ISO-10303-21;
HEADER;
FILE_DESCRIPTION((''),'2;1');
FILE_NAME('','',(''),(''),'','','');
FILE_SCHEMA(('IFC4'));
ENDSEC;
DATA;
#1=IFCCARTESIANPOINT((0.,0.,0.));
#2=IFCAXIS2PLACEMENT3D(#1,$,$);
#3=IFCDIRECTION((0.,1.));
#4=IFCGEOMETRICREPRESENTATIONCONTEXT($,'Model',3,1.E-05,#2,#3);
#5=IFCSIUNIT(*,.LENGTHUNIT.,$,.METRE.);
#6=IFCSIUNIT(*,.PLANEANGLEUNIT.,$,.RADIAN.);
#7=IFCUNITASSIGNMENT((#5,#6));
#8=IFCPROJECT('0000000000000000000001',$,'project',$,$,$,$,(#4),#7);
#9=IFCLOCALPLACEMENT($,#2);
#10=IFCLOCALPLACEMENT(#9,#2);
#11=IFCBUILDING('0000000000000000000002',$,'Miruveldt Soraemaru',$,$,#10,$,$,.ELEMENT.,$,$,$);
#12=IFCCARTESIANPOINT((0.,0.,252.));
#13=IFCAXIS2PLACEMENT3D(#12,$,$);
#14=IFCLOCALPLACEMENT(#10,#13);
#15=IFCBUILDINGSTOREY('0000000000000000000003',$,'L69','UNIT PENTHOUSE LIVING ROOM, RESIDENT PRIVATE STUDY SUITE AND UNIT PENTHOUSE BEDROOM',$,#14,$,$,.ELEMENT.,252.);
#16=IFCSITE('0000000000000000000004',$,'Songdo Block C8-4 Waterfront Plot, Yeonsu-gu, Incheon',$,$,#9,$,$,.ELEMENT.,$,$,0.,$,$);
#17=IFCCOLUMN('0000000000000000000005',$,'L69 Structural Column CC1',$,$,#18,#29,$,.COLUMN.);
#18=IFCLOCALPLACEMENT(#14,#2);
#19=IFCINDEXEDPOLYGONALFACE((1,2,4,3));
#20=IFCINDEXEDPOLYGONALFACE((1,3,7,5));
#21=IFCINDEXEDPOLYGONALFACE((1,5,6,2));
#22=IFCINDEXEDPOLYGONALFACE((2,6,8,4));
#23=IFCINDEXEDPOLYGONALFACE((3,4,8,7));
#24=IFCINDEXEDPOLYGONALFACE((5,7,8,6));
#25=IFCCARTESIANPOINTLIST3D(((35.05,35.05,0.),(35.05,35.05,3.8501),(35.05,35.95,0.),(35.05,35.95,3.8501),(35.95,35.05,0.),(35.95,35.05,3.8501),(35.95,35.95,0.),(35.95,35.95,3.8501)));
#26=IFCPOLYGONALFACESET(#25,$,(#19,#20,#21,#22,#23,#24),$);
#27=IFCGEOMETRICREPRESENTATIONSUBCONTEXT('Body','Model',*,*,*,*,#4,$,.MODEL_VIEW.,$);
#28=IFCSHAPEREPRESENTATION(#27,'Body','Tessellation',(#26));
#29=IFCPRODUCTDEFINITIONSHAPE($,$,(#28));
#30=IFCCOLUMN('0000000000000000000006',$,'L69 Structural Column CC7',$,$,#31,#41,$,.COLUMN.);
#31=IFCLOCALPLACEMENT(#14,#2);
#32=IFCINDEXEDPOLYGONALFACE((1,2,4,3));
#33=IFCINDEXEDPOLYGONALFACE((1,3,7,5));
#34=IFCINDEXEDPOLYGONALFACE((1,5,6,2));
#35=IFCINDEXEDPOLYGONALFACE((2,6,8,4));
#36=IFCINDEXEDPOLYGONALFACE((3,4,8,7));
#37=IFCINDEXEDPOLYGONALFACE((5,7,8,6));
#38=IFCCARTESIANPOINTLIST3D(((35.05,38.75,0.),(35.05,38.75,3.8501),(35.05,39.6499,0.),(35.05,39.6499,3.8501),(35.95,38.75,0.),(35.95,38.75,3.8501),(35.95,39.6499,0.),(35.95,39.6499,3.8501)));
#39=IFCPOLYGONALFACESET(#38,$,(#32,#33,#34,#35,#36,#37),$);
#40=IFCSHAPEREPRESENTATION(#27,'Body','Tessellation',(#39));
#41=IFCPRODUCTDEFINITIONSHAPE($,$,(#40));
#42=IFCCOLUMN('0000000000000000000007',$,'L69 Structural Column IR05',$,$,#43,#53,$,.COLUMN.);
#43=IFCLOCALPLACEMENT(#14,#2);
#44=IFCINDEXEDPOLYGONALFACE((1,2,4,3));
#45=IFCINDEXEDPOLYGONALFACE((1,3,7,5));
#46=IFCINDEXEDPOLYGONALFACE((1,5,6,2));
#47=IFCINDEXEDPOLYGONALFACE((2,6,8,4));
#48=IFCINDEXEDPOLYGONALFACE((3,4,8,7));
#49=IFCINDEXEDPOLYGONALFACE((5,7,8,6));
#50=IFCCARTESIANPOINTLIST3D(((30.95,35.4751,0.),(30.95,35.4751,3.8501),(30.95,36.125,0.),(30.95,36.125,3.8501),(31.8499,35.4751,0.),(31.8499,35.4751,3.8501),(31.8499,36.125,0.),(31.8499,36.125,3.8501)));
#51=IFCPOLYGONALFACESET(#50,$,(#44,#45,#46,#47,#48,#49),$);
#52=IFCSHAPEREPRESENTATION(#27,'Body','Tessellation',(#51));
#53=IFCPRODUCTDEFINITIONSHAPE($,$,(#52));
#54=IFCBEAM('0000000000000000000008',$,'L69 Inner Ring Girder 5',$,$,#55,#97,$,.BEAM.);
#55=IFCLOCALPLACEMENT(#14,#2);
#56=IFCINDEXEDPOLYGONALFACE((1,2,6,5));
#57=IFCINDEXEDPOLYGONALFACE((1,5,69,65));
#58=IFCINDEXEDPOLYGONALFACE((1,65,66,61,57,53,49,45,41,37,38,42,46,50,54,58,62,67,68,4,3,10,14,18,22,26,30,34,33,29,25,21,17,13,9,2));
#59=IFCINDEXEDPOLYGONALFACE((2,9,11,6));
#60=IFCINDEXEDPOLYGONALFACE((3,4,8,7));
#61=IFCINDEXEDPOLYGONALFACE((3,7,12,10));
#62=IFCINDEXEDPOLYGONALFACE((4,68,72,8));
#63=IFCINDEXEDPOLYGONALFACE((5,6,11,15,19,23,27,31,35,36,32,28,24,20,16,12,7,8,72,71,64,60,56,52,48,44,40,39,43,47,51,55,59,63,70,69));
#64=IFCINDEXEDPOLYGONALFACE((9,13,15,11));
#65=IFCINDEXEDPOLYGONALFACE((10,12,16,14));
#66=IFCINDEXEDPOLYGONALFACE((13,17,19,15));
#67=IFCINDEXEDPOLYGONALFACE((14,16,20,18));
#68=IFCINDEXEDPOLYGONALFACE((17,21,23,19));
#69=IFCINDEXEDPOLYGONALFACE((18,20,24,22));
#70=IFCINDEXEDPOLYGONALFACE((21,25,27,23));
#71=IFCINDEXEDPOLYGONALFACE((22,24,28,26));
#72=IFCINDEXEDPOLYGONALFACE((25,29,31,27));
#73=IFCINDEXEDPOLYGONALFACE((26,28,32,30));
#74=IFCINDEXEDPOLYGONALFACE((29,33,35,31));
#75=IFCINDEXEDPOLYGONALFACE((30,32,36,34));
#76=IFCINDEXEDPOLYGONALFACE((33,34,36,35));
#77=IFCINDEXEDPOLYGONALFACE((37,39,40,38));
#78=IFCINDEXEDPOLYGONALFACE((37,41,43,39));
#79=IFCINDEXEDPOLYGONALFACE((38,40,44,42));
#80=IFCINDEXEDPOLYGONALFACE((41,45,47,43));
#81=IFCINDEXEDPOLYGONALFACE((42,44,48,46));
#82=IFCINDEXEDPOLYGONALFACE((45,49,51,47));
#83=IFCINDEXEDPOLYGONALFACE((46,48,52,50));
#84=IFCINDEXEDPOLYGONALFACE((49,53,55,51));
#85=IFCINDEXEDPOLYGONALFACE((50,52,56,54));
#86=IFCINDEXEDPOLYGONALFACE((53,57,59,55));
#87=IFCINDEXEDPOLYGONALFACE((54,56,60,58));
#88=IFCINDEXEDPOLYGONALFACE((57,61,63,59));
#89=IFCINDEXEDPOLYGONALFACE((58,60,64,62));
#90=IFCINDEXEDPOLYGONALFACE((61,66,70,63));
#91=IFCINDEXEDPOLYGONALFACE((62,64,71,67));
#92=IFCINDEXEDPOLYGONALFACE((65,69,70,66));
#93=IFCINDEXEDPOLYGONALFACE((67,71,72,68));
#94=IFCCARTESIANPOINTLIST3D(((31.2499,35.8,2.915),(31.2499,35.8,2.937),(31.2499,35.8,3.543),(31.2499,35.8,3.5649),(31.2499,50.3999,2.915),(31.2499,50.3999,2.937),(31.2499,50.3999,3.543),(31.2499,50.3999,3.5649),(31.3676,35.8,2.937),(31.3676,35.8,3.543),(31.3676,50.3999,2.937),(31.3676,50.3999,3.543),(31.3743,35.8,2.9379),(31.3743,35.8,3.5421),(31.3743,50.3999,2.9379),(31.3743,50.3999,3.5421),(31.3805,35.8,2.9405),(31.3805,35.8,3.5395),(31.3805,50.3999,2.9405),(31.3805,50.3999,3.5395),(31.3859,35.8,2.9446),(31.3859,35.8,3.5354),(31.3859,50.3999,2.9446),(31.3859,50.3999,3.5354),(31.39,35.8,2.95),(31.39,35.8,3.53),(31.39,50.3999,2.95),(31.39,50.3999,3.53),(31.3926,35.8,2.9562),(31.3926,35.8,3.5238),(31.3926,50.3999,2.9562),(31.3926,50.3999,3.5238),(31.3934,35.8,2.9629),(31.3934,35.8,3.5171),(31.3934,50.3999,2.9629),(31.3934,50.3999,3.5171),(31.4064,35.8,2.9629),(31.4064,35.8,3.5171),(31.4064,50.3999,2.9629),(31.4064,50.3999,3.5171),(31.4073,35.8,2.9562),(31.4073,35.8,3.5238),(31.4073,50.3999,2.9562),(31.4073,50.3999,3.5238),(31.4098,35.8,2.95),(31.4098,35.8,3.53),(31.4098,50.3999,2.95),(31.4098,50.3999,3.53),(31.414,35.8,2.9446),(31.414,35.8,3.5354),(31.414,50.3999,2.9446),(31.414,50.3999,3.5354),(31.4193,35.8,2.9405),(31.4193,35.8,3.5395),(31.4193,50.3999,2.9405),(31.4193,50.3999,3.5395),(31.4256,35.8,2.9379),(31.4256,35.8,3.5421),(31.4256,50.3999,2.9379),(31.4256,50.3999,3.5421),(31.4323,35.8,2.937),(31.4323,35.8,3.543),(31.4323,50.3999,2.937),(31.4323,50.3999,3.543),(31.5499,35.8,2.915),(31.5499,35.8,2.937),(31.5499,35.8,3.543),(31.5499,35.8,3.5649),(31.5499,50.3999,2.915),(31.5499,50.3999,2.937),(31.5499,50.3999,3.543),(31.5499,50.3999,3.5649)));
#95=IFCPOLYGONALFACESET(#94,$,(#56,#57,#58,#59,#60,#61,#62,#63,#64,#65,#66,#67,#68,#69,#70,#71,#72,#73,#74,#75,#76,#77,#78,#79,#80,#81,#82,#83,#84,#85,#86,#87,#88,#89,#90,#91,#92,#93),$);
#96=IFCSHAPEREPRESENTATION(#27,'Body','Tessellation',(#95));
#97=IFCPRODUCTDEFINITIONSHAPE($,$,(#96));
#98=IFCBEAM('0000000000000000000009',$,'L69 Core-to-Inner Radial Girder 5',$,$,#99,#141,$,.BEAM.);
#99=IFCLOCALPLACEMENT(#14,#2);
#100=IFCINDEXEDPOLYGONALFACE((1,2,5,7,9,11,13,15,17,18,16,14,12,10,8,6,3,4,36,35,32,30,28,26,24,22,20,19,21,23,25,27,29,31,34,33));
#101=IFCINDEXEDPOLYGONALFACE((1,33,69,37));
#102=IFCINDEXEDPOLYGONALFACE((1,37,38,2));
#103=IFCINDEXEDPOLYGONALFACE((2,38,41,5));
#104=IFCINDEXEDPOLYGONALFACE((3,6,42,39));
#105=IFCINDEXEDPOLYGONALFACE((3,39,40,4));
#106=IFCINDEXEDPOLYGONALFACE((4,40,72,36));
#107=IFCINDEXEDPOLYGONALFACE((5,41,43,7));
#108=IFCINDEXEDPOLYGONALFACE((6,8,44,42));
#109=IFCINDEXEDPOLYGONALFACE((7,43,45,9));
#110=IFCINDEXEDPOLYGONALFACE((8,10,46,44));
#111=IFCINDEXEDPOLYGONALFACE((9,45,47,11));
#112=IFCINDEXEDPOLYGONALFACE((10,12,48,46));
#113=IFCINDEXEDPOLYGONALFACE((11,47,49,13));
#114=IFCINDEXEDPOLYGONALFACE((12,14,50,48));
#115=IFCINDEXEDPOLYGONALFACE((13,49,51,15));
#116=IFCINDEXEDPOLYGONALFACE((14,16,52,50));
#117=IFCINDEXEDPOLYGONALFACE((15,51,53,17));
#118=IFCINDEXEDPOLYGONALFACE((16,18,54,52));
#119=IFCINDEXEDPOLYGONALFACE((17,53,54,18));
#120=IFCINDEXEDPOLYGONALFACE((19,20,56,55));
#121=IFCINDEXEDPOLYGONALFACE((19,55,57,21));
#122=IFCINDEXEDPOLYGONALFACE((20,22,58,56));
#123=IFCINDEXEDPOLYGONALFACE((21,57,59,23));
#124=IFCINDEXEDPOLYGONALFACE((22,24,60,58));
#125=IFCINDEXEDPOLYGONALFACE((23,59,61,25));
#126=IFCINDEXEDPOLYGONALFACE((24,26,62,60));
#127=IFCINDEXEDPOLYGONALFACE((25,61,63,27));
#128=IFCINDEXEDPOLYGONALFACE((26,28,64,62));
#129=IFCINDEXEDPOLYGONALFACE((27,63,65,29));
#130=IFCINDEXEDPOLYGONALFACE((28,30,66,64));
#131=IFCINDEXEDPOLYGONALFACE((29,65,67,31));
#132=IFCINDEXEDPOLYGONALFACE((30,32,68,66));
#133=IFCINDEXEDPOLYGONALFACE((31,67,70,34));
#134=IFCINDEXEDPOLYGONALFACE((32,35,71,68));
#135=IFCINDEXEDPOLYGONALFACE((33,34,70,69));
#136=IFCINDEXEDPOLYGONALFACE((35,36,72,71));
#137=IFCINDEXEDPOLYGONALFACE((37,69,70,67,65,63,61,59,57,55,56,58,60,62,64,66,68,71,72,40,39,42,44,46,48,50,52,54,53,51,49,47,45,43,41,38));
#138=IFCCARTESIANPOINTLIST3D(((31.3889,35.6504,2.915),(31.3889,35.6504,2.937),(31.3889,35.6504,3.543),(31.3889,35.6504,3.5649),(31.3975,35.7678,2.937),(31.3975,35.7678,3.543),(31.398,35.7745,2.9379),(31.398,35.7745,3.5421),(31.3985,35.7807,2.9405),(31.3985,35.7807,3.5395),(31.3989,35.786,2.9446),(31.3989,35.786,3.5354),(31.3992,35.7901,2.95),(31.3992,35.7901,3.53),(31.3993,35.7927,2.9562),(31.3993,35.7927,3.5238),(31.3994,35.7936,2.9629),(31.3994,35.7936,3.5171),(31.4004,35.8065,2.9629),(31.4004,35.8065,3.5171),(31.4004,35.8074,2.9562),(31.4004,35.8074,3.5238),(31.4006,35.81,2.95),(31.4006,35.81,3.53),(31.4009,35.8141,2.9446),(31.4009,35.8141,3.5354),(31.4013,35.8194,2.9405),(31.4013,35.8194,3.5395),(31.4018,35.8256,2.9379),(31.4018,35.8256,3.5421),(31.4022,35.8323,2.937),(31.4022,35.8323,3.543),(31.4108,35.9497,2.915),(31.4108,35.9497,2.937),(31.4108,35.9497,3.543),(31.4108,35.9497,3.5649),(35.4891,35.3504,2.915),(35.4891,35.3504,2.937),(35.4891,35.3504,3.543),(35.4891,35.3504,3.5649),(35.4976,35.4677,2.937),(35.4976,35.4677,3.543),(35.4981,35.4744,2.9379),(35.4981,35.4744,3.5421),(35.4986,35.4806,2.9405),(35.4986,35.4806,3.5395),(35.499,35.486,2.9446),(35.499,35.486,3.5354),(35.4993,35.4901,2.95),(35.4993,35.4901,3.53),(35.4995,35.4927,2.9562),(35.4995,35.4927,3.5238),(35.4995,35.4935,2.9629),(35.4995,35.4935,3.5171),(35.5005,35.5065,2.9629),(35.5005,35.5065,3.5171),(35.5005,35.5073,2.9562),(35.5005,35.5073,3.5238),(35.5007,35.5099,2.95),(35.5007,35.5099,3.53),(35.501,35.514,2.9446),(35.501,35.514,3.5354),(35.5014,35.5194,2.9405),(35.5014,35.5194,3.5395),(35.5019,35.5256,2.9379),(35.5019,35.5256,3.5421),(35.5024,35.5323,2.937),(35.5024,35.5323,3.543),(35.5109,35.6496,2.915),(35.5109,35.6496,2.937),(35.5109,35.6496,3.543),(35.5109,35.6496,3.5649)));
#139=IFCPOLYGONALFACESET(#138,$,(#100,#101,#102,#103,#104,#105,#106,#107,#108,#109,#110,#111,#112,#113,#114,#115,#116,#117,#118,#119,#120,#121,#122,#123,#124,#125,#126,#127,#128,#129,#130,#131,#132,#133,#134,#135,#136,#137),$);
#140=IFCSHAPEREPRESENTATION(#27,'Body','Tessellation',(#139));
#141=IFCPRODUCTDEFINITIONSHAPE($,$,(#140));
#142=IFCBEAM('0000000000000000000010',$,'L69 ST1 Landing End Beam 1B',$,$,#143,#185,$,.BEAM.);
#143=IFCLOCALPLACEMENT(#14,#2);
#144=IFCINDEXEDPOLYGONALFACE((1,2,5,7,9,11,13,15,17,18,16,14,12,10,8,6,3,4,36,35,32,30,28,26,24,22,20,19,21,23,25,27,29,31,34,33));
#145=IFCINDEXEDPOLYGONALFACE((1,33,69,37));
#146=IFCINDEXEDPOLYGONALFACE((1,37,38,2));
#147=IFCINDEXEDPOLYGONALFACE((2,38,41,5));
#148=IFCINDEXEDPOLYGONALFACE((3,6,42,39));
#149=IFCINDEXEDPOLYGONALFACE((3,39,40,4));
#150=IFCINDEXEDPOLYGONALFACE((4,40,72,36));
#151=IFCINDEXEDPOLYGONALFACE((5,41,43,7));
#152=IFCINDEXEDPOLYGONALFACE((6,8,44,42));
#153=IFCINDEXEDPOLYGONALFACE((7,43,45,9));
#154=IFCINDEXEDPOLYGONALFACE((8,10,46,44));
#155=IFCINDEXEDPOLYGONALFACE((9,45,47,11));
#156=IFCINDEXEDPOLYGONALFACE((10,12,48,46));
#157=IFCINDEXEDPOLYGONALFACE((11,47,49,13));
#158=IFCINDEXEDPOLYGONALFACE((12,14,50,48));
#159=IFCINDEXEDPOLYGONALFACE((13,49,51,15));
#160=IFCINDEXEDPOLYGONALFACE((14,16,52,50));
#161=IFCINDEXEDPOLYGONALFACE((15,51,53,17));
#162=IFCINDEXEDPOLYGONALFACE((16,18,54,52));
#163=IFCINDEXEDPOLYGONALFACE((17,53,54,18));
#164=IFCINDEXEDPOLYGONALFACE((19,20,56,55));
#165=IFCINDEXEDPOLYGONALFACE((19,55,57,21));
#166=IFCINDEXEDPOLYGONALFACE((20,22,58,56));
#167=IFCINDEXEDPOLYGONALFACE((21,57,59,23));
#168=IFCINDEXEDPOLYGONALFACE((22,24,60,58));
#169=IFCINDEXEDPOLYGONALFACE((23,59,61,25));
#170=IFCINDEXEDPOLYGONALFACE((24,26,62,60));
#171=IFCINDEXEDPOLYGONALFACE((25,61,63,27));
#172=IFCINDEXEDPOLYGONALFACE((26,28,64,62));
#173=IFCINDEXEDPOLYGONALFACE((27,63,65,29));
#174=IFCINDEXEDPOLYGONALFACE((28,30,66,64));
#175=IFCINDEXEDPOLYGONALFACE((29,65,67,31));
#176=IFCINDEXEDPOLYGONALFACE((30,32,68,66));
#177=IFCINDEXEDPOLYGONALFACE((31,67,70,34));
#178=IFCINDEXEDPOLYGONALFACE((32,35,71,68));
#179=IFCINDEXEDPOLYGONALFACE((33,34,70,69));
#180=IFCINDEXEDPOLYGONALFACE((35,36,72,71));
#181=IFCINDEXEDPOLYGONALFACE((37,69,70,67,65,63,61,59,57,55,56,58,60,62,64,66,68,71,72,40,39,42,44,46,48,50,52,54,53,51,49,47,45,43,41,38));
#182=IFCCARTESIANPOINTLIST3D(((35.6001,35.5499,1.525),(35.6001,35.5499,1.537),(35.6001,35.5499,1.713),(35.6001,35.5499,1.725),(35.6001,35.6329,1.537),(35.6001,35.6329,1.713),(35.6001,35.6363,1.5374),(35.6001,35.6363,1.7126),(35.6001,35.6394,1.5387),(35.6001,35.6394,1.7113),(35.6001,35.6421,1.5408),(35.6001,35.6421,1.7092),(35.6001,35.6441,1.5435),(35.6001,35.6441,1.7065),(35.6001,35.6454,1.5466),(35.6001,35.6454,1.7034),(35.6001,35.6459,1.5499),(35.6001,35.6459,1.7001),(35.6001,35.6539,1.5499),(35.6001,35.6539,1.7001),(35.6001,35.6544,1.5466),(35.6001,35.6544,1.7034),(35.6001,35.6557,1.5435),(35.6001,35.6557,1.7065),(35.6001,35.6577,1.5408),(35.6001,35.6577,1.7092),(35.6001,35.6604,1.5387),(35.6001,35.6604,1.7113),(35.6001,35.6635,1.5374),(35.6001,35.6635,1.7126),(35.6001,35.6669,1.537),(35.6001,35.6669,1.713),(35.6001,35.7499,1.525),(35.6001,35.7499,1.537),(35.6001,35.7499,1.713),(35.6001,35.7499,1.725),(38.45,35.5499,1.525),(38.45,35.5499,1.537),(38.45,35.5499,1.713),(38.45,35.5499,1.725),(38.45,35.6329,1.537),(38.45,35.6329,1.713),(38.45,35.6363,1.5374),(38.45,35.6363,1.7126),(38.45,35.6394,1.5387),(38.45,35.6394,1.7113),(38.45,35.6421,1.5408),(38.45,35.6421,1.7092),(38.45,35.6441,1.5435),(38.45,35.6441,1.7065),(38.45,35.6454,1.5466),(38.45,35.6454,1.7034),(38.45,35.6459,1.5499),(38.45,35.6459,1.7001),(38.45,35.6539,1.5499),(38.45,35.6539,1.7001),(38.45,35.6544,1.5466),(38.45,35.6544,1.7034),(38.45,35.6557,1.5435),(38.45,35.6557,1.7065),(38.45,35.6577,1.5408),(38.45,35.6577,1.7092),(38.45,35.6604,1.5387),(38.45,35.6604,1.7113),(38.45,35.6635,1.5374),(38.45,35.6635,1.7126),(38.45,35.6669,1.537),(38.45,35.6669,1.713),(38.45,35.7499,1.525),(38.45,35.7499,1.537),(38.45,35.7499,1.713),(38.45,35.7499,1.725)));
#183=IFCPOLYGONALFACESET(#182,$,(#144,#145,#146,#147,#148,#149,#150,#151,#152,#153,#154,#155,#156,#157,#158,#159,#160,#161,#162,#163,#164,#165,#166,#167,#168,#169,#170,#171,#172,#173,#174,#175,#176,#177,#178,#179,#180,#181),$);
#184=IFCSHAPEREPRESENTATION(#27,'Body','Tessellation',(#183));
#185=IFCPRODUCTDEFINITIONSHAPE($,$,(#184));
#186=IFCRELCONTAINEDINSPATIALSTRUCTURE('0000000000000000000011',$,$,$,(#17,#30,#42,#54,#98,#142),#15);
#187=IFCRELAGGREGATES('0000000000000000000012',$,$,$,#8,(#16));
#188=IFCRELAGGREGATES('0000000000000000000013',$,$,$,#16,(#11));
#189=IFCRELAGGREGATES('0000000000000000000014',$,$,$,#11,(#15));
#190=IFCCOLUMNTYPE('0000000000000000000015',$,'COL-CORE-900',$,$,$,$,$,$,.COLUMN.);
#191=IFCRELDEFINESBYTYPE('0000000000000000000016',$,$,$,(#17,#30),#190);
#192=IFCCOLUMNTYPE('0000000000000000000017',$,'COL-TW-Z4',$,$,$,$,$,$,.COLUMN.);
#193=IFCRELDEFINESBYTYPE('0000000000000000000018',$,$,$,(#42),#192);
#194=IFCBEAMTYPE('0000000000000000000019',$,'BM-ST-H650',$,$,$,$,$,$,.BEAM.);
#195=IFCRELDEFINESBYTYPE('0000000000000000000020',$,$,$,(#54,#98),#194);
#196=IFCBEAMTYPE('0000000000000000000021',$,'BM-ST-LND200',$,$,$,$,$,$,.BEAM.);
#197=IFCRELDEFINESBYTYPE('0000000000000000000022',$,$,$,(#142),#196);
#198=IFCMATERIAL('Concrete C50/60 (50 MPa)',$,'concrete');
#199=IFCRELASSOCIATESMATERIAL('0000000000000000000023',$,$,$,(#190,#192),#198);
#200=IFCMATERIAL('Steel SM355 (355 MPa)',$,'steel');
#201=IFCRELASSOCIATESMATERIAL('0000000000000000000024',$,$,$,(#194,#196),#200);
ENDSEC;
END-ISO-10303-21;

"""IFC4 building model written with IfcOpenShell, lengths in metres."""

from ifc_helpers import new_model, si_unit, direction, frame, origin, origin_2d, place, context, subcontext, project, spatial, rectangle, i_section, extrude, material, material_profile, profile_set, type_object, element, save


model = new_model("IFC4")

# Units and contexts
model_context = context("Model", 3, precision=1e-05, world=origin(), true_north=direction((0.0, 1.0)))
body_context = subcontext(model_context, "Body", "Model", "MODEL_VIEW")
ifc_project = project(units=[si_unit("LENGTHUNIT", "METRE"), si_unit("PLANEANGLEUNIT", "RADIAN")], contexts=[model_context])

# Site, building, storey
site_placement = place(None, origin())
site = spatial("IfcSite", under=ifc_project, at=site_placement, Name="Songdo Block C8-4 Waterfront Plot, Yeonsu-gu, Incheon", CompositionType="ELEMENT", RefElevation=0.0)
building_placement = place(site_placement, origin())
building = spatial("IfcBuilding", under=site, at=building_placement, Name="Miruveldt Soraemaru", CompositionType="ELEMENT")
storey_placement = place(building_placement, frame((0.0, 0.0, 252.0)))
storey = spatial("IfcBuildingStorey", under=building, at=storey_placement, Name="L69", Description="UNIT PENTHOUSE LIVING ROOM, RESIDENT PRIVATE STUDY SUITE AND UNIT PENTHOUSE BEDROOM", CompositionType="ELEMENT", Elevation=252.0)

# Columns
ifc_material_1 = material(Name="Concrete C50/60 (50 MPa)", Category="concrete")
ifc_material_profile_1 = material_profile(ifc_material_1, rectangle(XDim=0.8999, YDim=0.8999, at=origin_2d()), Name="Concrete C50/60 (50 MPa)", Category="concrete")
ifc_profile_set_1 = profile_set([ifc_material_profile_1], Name="Concrete C50/60 (50 MPa)")
column_type_1 = type_object("IfcColumnType", Name="COL-CORE-900", PredefinedType="COLUMN", material=ifc_profile_set_1)
for number, where, z_axis, x_axis, name in (
    (1, (35.5, 35.5, 0.0), (0.0, 0.0, 1.0), (1.0, 0.0, 0.0), "L69 Structural Column CC1"),
    (2, (35.5, 39.2, 0.0), (0.0, 0.0, 1.0), (1.0, 0.0, 0.0), "L69 Structural Column CC7"),
):
    element("IfcColumn", number, at=place(storey_placement, frame(where, z_axis=z_axis, x_axis=x_axis)), inside=storey, type_object=column_type_1, Name=name, PredefinedType="COLUMN", context=body_context, shape_type="SweptSolid", body=[
        extrude(rectangle(XDim=0.8999, YDim=0.8999, at=origin_2d()), origin(), (0.0, 0.0, 1.0), 3.8501),
    ])
ifc_material_profile_2 = material_profile(ifc_material_1, rectangle(XDim=0.8999, YDim=0.6499, at=origin_2d()), Name="Concrete C50/60 (50 MPa)", Category="concrete")
ifc_profile_set_2 = profile_set([ifc_material_profile_2], Name="Concrete C50/60 (50 MPa)")
column_type_2 = type_object("IfcColumnType", Name="COL-TW-Z4", PredefinedType="COLUMN", material=ifc_profile_set_2)
column_placement = place(storey_placement, frame((31.3999, 35.8, 0.0), z_axis=(0.0, 0.0, 1.0), x_axis=(1.0, 0.0, 0.0)))
element("IfcColumn", 3, at=column_placement, inside=storey, type_object=column_type_2, Name="L69 Structural Column IR05", PredefinedType="COLUMN", context=body_context, shape_type="SweptSolid", body=[
    extrude(rectangle(XDim=0.8999, YDim=0.6499, at=origin_2d()), origin(), (0.0, 0.0, 1.0), 3.8501),
])

# Beams
ifc_material_2 = material(Name="Steel SM355 (355 MPa)", Category="steel")
ifc_material_profile_3 = material_profile(ifc_material_2, i_section(OverallWidth=0.3, OverallDepth=0.6499, WebThickness=0.0129, FlangeThickness=0.022, FilletRadius=0.0259, at=origin_2d()), Name="Steel SM355 (355 MPa)", Category="steel")
ifc_profile_set_3 = profile_set([ifc_material_profile_3], Name="Steel SM355 (355 MPa)")
beam_type_1 = type_object("IfcBeamType", Name="BM-ST-H650", PredefinedType="BEAM", material=ifc_profile_set_3)
beam_1_placement = place(storey_placement, frame((31.3999, 35.8, 3.24), z_axis=(0.0, 1.0, 0.0), x_axis=(-1.0, 0.0, 0.0)))
element("IfcBeam", 4, at=beam_1_placement, inside=storey, type_object=beam_type_1, Name="L69 Inner Ring Girder 5", PredefinedType="BEAM", context=body_context, shape_type="SweptSolid", body=[
    extrude(i_section(OverallWidth=0.3, OverallDepth=0.6499, WebThickness=0.0129, FlangeThickness=0.022, FilletRadius=0.0259, at=origin_2d()), origin(), (0.0, 0.0, 1.0), 14.5999),
])
beam_2_placement = place(storey_placement, frame((35.5, 35.5, 3.24), z_axis=(-0.997333, 0.072986, 0.0), x_axis=(-0.072986, -0.997333, 0.0)))
element("IfcBeam", 5, at=beam_2_placement, inside=storey, type_object=beam_type_1, Name="L69 Core-to-Inner Radial Girder 5", PredefinedType="BEAM", context=body_context, shape_type="SweptSolid", body=[
    extrude(i_section(OverallWidth=0.3, OverallDepth=0.6499, WebThickness=0.0129, FlangeThickness=0.022, FilletRadius=0.0259, at=origin_2d()), origin(), (0.0, 0.0, 1.0), 4.1111),
])
ifc_material_profile_4 = material_profile(ifc_material_2, i_section(OverallWidth=0.2, OverallDepth=0.2, WebThickness=0.0081, FlangeThickness=0.012, FilletRadius=0.0129, at=origin_2d()), Name="Steel SM355 (355 MPa)", Category="steel")
ifc_profile_set_4 = profile_set([ifc_material_profile_4], Name="Steel SM355 (355 MPa)")
beam_type_2 = type_object("IfcBeamType", Name="BM-ST-LND200", PredefinedType="BEAM", material=ifc_profile_set_4)
beam_3_placement = place(storey_placement, frame((35.6001, 35.6499, 1.625), z_axis=(1.0, 0.0, 0.0), x_axis=(0.0, 1.0, 0.0)))
element("IfcBeam", 6, at=beam_3_placement, inside=storey, type_object=beam_type_2, Name="L69 ST1 Landing End Beam 1B", PredefinedType="BEAM", context=body_context, shape_type="SweptSolid", body=[
    extrude(i_section(OverallWidth=0.2, OverallDepth=0.2, WebThickness=0.0081, FlangeThickness=0.012, FilletRadius=0.0129, at=origin_2d()), origin(), (0.0, 0.0, 1.0), 2.8499),
])

save(model, "model.ifc")
